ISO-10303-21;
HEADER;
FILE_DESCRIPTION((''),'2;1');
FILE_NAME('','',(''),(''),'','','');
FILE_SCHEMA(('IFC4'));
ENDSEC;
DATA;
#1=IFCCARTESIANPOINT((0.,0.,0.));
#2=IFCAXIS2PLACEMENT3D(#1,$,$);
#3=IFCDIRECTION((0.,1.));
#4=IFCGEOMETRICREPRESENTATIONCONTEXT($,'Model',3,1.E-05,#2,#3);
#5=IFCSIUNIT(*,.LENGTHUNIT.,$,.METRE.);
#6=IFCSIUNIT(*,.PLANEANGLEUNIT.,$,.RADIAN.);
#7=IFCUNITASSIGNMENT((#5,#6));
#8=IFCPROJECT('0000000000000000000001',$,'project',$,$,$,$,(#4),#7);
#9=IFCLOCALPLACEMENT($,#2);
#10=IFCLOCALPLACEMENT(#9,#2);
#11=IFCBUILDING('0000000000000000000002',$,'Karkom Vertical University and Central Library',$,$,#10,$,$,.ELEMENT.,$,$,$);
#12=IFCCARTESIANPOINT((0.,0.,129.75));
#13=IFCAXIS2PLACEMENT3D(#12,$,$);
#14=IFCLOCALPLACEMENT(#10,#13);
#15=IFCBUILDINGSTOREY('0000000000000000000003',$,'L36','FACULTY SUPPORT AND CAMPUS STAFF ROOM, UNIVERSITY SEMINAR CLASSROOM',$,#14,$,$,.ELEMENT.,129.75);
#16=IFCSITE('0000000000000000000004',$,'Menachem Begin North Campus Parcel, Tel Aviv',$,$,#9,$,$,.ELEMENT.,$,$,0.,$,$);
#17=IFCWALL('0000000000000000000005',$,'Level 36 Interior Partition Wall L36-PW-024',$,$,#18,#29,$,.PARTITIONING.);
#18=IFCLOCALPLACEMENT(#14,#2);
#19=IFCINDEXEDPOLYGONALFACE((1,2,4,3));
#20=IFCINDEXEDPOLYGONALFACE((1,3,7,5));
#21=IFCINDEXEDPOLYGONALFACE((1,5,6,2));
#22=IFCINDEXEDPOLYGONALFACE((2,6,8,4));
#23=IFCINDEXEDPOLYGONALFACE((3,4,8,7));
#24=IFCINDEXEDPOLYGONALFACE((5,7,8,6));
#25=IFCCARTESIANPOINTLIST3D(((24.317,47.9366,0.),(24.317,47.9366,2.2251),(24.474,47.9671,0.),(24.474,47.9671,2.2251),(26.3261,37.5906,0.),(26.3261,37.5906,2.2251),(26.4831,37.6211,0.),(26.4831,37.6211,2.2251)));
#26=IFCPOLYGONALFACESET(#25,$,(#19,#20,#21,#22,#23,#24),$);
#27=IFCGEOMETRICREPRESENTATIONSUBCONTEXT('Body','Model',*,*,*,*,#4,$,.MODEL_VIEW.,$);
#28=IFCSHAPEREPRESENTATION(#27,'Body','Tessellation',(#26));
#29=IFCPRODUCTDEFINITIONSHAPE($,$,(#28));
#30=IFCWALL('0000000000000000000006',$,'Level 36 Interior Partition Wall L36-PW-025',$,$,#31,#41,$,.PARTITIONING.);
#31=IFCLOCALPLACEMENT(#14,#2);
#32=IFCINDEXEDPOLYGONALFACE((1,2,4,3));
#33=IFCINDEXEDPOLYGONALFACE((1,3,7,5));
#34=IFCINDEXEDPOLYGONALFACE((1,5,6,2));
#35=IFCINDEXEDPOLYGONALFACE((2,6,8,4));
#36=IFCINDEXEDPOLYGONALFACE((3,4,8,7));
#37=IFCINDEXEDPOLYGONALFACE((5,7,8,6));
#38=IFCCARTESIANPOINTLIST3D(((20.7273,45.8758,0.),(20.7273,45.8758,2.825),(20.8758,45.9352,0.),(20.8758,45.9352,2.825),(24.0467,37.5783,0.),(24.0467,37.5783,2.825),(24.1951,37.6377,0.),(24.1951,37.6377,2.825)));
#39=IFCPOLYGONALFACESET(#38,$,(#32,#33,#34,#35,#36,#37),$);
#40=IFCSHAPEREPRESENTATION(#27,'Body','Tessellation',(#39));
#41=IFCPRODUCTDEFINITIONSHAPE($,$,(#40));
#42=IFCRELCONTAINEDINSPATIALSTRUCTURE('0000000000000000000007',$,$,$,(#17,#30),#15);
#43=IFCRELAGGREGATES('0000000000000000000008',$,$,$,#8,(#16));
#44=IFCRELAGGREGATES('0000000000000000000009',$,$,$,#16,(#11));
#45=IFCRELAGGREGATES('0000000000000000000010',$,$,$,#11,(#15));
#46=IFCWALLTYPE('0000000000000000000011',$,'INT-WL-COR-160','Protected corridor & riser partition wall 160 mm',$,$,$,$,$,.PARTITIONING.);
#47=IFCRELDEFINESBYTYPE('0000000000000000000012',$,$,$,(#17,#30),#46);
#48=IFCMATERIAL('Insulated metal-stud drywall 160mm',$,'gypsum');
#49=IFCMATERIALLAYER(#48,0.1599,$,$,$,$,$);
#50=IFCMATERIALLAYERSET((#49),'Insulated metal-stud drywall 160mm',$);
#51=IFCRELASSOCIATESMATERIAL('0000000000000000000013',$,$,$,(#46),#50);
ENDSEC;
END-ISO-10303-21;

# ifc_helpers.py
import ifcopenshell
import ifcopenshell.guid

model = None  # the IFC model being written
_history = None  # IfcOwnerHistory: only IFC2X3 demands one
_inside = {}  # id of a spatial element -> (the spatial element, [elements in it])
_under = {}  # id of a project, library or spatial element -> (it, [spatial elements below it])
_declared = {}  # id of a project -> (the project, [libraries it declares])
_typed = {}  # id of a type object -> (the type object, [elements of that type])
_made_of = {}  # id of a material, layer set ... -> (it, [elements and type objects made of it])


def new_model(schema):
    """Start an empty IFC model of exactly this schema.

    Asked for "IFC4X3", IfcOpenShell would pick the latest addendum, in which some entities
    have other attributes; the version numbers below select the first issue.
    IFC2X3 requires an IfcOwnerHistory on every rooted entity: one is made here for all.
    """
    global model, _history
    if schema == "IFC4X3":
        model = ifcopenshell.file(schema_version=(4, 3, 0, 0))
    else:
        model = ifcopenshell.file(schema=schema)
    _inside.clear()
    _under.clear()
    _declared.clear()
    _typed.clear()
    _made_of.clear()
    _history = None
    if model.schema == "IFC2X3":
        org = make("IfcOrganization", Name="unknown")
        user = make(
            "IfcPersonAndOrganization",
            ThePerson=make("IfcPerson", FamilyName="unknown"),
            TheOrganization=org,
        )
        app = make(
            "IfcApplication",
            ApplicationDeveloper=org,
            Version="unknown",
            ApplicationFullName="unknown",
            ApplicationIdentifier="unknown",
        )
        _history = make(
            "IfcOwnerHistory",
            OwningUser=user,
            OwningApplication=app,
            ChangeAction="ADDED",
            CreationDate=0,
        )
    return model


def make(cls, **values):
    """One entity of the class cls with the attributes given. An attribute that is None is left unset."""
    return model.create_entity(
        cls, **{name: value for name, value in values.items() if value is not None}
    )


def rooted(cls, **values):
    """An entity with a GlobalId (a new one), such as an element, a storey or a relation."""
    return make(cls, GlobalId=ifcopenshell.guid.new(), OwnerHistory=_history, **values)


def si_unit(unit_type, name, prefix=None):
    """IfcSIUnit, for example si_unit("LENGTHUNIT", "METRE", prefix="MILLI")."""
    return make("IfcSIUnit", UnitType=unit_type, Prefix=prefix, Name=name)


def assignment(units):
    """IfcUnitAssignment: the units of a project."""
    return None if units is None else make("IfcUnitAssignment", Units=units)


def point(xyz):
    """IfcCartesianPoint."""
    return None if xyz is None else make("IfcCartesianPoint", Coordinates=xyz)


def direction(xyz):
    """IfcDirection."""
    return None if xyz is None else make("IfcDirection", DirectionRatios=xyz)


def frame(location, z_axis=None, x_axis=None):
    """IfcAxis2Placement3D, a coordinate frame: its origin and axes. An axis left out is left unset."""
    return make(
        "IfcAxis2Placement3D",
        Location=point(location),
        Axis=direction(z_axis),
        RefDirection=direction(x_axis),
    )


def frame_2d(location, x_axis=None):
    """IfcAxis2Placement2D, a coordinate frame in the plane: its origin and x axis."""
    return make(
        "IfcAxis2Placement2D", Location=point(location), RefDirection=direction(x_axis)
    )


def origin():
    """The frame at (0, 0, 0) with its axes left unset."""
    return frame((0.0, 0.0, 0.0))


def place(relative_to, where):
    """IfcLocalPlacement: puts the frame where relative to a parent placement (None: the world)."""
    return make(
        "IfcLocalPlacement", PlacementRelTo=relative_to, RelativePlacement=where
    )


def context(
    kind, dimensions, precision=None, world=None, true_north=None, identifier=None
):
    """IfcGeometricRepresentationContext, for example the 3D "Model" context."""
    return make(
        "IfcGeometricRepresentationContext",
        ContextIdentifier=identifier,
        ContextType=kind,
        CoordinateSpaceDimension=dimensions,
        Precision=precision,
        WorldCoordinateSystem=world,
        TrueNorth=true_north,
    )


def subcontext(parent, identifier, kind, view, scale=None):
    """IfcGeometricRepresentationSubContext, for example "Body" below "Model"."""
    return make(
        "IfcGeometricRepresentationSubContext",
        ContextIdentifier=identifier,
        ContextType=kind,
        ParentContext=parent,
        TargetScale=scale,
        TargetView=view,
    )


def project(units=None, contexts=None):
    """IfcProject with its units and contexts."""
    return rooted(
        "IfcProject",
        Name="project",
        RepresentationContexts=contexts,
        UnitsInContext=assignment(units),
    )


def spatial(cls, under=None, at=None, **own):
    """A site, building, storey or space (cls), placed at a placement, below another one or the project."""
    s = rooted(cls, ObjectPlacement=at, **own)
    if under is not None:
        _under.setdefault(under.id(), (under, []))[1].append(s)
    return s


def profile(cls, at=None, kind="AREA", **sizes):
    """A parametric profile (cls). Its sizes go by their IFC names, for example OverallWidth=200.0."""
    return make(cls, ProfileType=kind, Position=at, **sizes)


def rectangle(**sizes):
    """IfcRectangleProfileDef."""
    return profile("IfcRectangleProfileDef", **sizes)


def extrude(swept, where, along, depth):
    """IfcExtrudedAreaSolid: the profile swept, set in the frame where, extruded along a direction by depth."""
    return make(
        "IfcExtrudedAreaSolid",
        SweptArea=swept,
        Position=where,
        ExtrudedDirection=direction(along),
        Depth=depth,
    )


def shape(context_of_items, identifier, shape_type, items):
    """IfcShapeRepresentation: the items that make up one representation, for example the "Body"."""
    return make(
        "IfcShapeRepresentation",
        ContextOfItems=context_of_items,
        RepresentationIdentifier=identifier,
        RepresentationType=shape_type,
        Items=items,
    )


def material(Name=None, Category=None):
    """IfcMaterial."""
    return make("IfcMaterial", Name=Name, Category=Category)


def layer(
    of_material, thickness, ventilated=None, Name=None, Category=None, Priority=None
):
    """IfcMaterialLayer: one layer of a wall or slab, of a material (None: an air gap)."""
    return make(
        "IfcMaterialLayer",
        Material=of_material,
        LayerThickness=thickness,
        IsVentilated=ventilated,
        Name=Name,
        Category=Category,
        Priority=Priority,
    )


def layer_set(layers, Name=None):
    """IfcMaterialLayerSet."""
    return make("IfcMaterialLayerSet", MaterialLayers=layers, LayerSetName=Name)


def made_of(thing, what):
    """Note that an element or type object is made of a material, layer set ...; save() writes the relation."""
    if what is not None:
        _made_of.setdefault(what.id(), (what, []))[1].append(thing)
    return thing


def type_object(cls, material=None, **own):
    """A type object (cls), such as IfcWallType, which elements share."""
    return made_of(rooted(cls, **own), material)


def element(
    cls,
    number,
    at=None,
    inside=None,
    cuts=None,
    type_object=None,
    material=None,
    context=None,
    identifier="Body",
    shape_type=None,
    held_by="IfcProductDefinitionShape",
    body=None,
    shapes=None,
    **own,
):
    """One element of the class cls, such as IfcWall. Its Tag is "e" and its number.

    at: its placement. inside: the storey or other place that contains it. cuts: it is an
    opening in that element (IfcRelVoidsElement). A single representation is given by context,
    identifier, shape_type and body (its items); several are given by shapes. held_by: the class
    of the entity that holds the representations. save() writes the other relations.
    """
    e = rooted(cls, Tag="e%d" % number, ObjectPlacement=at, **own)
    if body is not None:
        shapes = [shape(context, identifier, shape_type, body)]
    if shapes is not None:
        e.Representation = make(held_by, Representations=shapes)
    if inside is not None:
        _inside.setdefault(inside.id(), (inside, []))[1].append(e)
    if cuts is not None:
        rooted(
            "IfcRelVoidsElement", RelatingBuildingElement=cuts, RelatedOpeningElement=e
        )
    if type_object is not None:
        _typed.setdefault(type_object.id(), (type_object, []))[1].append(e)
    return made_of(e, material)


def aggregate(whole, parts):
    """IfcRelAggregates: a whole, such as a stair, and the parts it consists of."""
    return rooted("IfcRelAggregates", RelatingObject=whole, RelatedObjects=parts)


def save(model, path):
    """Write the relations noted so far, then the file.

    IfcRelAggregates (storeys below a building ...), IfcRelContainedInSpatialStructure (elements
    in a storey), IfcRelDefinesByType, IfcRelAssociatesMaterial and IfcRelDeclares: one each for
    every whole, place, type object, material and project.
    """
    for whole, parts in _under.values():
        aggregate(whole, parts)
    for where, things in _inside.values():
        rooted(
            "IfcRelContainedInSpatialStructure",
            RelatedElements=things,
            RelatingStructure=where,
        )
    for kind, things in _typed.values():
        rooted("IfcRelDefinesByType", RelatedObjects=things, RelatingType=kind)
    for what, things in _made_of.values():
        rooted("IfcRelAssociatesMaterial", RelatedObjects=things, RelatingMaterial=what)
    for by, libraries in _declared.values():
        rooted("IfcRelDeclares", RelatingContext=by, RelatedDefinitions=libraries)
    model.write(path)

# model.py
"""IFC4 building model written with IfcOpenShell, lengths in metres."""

from ifc_helpers import new_model, si_unit, direction, frame, frame_2d, origin, place, context, subcontext, project, spatial, rectangle, extrude, material, layer, layer_set, type_object, element, save


model = new_model("IFC4")

# Units and contexts
model_context = context("Model", 3, precision=1e-05, world=origin(), true_north=direction((0.0, 1.0)))
body_context = subcontext(model_context, "Body", "Model", "MODEL_VIEW")
ifc_project = project(units=[si_unit("LENGTHUNIT", "METRE"), si_unit("PLANEANGLEUNIT", "RADIAN")], contexts=[model_context])

# Site, building, storey
site_placement = place(None, origin())
site = spatial("IfcSite", under=ifc_project, at=site_placement, Name="Menachem Begin North Campus Parcel, Tel Aviv", CompositionType="ELEMENT", RefElevation=0.0)
building_placement = place(site_placement, origin())
building = spatial("IfcBuilding", under=site, at=building_placement, Name="Karkom Vertical University and Central Library", CompositionType="ELEMENT")
storey_placement = place(building_placement, frame((0.0, 0.0, 129.75)))
storey = spatial("IfcBuildingStorey", under=building, at=storey_placement, Name="L36", Description="FACULTY SUPPORT AND CAMPUS STAFF ROOM, UNIVERSITY SEMINAR CLASSROOM", CompositionType="ELEMENT", Elevation=129.75)

# Walls
ifc_material_1 = material(Name="Insulated metal-stud drywall 160mm", Category="gypsum")
ifc_layer_1 = layer(ifc_material_1, 0.1599)
ifc_layer_set_1 = layer_set([ifc_layer_1], Name="Insulated metal-stud drywall 160mm")
wall_type_1 = type_object("IfcWallType", Name="INT-WL-COR-160", Description="Protected corridor & riser partition wall 160 mm", PredefinedType="PARTITIONING", material=ifc_layer_set_1)
wall_1_placement = place(storey_placement, frame((26.4045, 37.606, 0.0), z_axis=(0.0, 0.0, 1.0), x_axis=(-0.190625, 0.981663, 0.0)))
element("IfcWall", 1, at=wall_1_placement, inside=storey, type_object=wall_type_1, Name="Level 36 Interior Partition Wall L36-PW-024", PredefinedType="PARTITIONING", context=body_context, shape_type="SweptSolid", body=[
    extrude(rectangle(XDim=10.5393, YDim=0.1599, at=frame_2d((5.2695, 0.0))), origin(), (0.0, 0.0, 1.0), 2.2251),
])
wall_2_placement = place(storey_placement, frame((24.1208, 37.6082, 0.0), z_axis=(0.0, 0.0, 1.0), x_axis=(-0.371428, 0.928462, 0.0)))
element("IfcWall", 2, at=wall_2_placement, inside=storey, type_object=wall_type_1, Name="Level 36 Interior Partition Wall L36-PW-025", PredefinedType="PARTITIONING", context=body_context, shape_type="SweptSolid", body=[
    extrude(rectangle(XDim=8.9368, YDim=0.1599, at=frame_2d((4.4683, 0.0))), origin(), (0.0, 0.0, 1.0), 2.825),
])

save(model, "model.ifc")
